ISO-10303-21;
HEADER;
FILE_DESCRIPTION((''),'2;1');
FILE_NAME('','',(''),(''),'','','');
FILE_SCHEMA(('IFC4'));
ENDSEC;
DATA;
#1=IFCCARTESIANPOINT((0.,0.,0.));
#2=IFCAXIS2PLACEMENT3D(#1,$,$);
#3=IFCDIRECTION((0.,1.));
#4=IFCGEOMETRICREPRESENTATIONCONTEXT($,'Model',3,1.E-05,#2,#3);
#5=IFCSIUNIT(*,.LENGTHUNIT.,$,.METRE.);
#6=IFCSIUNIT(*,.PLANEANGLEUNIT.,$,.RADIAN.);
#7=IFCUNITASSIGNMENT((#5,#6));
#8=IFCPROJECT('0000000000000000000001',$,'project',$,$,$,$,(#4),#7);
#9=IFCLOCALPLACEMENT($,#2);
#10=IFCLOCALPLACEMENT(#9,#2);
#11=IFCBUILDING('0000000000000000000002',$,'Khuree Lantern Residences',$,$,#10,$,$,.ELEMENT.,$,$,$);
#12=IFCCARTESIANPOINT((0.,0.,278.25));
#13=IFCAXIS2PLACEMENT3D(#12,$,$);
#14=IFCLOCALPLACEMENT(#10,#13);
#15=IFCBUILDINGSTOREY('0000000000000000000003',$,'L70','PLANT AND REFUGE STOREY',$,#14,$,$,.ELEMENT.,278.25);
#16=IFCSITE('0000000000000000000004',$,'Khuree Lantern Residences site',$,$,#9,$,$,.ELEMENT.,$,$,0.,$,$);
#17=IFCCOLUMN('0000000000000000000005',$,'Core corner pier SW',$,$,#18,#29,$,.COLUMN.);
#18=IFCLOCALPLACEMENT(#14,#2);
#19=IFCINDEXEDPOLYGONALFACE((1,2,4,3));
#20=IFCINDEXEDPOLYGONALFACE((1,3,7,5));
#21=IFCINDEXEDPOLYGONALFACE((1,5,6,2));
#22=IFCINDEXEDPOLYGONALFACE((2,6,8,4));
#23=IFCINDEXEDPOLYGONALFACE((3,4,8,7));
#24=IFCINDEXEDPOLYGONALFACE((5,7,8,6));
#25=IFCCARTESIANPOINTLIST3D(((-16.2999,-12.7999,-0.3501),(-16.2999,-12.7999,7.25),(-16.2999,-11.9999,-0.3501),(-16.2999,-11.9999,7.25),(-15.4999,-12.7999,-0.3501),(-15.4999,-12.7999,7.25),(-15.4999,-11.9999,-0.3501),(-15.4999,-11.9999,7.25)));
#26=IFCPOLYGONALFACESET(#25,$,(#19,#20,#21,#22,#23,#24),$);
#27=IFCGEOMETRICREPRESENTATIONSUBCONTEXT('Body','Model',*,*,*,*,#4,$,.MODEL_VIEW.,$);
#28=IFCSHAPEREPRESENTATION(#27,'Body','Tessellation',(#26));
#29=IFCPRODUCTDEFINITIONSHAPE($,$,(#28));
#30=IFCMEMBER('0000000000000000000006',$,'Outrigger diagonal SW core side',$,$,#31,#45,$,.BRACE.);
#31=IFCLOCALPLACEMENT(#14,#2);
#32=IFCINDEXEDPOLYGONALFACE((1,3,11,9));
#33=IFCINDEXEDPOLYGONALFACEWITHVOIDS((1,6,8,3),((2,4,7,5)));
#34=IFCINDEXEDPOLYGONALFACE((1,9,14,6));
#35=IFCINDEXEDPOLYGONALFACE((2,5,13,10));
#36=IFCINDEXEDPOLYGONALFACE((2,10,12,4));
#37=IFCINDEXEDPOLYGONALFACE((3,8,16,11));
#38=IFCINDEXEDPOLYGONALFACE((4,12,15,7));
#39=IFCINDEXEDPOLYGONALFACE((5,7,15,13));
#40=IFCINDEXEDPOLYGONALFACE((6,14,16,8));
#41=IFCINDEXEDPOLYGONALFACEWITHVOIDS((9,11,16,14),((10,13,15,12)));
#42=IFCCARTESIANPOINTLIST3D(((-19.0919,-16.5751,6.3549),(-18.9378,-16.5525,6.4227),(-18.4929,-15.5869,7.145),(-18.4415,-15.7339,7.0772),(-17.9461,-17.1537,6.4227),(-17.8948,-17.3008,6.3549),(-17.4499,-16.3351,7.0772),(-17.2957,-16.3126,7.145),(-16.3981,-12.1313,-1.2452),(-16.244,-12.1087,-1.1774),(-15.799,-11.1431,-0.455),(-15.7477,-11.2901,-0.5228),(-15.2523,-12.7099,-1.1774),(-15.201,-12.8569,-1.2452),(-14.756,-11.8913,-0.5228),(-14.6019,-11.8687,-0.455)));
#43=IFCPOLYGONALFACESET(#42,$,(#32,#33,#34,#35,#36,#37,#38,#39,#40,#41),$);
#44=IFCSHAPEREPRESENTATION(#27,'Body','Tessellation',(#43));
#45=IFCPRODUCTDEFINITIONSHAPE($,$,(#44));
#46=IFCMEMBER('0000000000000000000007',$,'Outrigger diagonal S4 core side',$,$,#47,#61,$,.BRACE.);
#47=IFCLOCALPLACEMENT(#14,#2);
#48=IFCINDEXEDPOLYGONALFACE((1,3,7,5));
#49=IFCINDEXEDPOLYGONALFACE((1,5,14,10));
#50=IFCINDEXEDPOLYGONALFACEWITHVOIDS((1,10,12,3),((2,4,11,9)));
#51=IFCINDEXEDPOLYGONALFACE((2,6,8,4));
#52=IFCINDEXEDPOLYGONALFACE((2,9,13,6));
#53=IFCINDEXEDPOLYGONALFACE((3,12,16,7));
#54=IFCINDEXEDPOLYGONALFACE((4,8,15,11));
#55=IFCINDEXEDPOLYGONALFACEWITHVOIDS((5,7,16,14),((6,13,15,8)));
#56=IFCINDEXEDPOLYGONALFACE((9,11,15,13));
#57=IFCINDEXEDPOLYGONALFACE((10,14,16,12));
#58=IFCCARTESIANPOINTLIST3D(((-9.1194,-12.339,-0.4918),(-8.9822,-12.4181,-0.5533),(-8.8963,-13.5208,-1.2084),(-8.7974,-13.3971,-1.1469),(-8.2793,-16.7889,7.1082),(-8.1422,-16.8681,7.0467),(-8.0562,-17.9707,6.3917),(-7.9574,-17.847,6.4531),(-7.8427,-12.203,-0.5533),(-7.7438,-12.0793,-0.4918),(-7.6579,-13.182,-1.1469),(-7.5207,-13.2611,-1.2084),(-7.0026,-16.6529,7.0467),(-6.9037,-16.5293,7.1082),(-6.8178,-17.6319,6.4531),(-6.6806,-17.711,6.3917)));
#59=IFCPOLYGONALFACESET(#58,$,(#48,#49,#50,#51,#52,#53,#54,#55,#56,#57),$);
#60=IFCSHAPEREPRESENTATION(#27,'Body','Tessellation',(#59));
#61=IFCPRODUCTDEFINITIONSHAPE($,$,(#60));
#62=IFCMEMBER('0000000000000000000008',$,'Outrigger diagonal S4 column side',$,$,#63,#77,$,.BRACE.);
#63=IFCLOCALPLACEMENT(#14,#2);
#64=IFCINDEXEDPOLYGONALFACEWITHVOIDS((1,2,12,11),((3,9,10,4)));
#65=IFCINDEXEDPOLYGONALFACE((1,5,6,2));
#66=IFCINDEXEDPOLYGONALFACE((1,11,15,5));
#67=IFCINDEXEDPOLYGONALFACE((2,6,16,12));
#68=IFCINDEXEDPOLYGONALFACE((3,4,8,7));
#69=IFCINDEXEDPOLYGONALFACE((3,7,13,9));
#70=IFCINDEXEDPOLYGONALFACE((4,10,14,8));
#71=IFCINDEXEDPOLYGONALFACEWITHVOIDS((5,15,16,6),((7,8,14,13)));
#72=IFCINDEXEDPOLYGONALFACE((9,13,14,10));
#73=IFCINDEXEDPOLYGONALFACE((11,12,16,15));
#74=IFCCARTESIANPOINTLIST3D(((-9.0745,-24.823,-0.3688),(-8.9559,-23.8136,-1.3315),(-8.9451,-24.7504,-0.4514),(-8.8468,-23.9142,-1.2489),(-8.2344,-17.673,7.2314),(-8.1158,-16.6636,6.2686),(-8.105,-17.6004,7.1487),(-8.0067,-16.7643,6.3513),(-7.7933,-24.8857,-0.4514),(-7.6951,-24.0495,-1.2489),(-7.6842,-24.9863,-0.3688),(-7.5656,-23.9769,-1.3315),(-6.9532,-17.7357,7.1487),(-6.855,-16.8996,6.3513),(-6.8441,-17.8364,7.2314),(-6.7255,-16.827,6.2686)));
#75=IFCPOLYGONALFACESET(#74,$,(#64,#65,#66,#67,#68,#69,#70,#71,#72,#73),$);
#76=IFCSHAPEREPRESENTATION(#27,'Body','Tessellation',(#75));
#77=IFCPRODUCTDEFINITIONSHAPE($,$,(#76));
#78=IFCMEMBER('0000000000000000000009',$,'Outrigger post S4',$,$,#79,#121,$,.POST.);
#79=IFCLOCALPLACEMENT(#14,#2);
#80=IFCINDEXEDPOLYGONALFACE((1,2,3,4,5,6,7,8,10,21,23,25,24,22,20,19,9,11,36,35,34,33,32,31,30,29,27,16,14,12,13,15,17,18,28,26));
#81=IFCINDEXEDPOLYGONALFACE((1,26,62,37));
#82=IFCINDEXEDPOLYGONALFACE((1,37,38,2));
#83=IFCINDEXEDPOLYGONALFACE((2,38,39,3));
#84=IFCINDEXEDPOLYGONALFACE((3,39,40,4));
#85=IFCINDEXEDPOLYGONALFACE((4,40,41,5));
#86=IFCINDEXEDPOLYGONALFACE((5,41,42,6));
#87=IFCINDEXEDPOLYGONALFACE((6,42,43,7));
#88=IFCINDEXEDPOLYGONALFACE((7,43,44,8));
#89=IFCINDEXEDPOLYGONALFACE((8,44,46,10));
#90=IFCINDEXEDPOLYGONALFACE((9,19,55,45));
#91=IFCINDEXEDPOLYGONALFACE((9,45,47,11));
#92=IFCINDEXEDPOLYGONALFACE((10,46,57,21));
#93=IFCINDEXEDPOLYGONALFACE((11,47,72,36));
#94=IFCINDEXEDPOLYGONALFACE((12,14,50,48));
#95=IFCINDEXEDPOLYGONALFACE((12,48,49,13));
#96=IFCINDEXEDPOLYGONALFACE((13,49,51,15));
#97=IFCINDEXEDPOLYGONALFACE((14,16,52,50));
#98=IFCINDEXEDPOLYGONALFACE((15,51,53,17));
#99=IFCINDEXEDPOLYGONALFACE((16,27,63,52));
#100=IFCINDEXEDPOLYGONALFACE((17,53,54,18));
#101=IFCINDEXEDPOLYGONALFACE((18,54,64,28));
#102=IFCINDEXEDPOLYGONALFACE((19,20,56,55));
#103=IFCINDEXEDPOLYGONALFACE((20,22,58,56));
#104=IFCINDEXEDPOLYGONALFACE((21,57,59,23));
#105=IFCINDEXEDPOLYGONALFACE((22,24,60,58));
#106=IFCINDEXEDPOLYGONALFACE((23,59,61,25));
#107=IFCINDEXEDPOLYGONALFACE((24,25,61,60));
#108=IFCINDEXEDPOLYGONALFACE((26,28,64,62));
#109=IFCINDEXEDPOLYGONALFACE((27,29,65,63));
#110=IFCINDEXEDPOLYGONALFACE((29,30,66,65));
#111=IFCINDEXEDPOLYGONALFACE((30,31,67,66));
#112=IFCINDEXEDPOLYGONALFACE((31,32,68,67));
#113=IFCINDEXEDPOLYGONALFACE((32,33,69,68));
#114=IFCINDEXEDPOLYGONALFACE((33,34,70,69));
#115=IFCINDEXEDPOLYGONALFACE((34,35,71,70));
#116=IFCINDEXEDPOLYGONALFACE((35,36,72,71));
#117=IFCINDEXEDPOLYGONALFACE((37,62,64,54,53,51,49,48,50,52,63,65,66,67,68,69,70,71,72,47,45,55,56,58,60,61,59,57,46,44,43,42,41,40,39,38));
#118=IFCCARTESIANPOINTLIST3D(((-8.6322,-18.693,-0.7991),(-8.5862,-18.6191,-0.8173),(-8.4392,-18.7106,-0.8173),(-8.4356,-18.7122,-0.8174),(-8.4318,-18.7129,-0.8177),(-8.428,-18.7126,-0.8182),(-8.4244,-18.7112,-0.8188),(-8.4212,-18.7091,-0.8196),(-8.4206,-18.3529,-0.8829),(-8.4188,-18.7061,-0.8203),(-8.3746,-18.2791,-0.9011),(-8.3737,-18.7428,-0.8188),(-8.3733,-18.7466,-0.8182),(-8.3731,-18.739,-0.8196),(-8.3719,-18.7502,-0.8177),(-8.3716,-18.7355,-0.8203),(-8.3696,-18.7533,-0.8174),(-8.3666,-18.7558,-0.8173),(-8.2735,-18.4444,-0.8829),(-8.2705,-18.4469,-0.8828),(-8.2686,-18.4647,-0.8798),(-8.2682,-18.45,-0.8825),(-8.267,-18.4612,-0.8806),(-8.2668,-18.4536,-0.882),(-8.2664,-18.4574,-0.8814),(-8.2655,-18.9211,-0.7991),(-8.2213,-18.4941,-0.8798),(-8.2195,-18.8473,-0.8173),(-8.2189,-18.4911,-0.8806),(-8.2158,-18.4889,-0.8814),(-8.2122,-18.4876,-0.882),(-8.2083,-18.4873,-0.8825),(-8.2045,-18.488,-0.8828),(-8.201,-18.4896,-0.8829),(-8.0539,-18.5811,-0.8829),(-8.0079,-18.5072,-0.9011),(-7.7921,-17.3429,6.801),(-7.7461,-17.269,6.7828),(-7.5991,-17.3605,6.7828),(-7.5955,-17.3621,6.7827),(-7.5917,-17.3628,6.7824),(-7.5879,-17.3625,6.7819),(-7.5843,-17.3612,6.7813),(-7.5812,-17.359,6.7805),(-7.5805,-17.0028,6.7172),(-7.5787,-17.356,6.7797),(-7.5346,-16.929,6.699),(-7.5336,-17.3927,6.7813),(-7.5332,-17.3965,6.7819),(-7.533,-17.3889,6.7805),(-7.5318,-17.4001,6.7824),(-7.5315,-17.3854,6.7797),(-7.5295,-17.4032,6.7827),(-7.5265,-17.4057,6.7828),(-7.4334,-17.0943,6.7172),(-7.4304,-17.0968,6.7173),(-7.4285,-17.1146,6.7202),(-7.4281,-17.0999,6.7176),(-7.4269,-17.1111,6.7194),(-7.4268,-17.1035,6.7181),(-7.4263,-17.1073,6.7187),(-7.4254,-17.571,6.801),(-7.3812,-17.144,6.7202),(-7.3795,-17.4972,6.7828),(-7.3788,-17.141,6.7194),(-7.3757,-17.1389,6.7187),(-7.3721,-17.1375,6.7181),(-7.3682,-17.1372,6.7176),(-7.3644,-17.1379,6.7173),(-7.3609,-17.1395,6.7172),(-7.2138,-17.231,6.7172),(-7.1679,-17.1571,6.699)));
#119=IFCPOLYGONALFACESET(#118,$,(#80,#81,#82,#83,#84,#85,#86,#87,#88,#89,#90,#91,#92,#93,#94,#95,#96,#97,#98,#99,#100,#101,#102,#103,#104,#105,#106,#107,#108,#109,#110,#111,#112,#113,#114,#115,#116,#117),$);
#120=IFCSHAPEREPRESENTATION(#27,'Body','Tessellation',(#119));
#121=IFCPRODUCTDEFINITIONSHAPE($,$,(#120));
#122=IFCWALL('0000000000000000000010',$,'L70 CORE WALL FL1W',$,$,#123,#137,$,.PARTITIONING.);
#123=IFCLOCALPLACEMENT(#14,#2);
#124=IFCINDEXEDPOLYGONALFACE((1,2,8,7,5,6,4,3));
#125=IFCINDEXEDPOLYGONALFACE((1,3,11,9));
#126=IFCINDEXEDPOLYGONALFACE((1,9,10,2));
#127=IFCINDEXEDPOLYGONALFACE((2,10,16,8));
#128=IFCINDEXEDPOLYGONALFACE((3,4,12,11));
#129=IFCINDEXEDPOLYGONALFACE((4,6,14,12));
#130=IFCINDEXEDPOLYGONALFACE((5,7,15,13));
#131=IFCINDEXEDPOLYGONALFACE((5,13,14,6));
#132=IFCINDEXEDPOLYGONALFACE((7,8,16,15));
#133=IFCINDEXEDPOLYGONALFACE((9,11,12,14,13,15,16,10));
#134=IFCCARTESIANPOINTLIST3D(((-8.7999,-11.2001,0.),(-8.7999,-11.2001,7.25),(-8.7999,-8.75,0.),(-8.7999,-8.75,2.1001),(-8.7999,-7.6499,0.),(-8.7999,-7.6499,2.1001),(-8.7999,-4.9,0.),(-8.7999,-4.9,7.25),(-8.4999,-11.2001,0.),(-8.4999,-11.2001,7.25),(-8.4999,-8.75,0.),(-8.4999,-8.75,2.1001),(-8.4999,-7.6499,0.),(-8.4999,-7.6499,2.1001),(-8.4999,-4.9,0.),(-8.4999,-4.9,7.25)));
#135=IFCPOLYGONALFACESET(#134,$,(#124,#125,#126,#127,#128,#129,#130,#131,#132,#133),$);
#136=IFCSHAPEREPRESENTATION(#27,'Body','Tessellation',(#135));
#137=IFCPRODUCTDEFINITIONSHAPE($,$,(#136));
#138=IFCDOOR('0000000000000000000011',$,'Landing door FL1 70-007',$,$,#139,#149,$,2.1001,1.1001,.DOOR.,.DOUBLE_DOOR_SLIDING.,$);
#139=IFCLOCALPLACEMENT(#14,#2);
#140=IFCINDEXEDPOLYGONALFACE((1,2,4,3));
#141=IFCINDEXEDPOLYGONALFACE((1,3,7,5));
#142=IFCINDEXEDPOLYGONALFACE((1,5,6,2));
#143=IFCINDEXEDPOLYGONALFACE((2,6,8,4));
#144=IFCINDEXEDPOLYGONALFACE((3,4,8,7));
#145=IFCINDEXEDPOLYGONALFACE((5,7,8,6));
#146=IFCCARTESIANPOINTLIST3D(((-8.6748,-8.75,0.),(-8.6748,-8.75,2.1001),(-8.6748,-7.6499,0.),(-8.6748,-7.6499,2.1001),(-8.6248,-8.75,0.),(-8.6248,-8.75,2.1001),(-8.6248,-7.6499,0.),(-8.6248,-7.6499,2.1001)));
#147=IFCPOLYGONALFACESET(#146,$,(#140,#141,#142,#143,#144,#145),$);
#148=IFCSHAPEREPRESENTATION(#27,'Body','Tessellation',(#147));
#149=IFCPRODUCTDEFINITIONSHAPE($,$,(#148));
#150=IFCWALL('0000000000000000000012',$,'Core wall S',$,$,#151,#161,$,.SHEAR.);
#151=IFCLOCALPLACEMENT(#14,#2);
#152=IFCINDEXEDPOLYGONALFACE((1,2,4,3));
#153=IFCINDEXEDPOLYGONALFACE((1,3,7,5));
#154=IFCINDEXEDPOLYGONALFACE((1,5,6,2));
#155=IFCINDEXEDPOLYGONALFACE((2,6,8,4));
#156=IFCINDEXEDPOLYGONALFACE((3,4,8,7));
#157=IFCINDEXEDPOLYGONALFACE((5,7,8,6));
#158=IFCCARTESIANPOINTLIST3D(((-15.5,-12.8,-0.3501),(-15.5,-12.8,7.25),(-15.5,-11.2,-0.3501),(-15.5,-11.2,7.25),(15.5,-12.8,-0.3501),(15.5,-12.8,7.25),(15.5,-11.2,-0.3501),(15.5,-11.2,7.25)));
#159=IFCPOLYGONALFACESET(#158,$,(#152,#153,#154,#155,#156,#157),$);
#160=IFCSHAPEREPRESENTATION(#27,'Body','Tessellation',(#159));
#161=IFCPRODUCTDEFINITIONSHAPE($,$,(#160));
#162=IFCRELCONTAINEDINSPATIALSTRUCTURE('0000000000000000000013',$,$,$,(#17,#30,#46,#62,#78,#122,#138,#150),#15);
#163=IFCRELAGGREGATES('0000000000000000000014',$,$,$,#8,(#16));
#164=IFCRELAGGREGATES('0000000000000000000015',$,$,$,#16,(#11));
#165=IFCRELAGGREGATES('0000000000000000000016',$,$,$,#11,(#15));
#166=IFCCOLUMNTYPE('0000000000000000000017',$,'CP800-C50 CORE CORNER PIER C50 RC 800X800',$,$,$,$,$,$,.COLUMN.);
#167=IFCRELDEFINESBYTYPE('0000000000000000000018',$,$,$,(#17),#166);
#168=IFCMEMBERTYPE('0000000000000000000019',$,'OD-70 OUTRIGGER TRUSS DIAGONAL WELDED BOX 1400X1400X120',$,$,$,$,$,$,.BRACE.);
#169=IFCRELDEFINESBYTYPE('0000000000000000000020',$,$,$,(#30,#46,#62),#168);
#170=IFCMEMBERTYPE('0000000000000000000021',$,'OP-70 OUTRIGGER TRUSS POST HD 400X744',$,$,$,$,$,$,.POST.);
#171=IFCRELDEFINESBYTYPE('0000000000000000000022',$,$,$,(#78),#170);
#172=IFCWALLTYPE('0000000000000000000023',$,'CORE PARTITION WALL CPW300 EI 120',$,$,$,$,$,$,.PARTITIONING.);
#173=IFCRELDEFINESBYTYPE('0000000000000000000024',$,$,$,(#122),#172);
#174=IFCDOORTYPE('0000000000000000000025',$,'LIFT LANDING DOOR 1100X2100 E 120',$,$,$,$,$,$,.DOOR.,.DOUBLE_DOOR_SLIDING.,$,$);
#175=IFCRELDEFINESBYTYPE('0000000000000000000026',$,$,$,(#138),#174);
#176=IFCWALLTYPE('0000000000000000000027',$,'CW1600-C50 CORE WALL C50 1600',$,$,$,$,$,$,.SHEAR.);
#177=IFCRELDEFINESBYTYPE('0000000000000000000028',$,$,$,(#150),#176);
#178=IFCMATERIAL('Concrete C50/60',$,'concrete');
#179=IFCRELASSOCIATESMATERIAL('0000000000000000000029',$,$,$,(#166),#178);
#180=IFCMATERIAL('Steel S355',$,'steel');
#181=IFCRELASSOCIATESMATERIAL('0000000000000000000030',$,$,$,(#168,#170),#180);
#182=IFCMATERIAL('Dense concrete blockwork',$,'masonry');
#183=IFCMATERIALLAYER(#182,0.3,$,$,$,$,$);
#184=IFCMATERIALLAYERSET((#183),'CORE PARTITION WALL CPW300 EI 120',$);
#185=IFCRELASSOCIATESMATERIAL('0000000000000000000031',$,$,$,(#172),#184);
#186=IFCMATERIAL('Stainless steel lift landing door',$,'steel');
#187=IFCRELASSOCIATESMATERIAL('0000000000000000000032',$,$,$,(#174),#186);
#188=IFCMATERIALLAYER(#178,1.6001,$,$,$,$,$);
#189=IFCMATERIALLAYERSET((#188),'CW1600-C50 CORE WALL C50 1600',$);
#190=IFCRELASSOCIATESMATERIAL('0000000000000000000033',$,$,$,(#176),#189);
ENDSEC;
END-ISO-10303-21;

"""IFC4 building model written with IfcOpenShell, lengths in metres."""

from ifc_helpers import new_model, si_unit, direction, frame, frame_2d, origin, origin_2d, place, context, subcontext, project, spatial, rectangle, hollow_rectangle, i_section, extrude, material, layer, layer_set, material_profile, profile_set, type_object, element, fill, save


model = new_model("IFC4")

# Units and contexts
model_context = context("Model", 3, precision=1e-05, world=origin(), true_north=direction((0.0, 1.0)))
body_context = subcontext(model_context, "Body", "Model", "MODEL_VIEW")
ifc_project = project(units=[si_unit("LENGTHUNIT", "METRE"), si_unit("PLANEANGLEUNIT", "RADIAN")], contexts=[model_context])

# Site, building, storey
site_placement = place(None, origin())
site = spatial("IfcSite", under=ifc_project, at=site_placement, Name="Khuree Lantern Residences site", CompositionType="ELEMENT", RefElevation=0.0)
building_placement = place(site_placement, origin())
building = spatial("IfcBuilding", under=site, at=building_placement, Name="Khuree Lantern Residences", CompositionType="ELEMENT")
storey_placement = place(building_placement, frame((0.0, 0.0, 278.25)))
storey = spatial("IfcBuildingStorey", under=building, at=storey_placement, Name="L70", Description="PLANT AND REFUGE STOREY", CompositionType="ELEMENT", Elevation=278.25)

# Column
ifc_material_1 = material(Name="Concrete C50/60", Category="concrete")
ifc_material_profile_1 = material_profile(ifc_material_1, rectangle(XDim=0.8, YDim=0.8, at=origin_2d()), Name="RC 800X800")
ifc_profile_set_1 = profile_set([ifc_material_profile_1], Name="Concrete C50/60")
column_type = type_object("IfcColumnType", Name="CP800-C50 CORE CORNER PIER C50 RC 800X800", PredefinedType="COLUMN", material=ifc_profile_set_1)
column_placement = place(storey_placement, frame((-15.8999, -12.3999, -0.3501), z_axis=(0.0, 0.0, 1.0), x_axis=(1.0, 0.0, 0.0)))
element("IfcColumn", 1, at=column_placement, inside=storey, type_object=column_type, Name="Core corner pier SW", PredefinedType="COLUMN", context=body_context, shape_type="SweptSolid", body=[
    extrude(rectangle(XDim=0.8, YDim=0.8, at=origin_2d()), origin(), (0.0, 0.0, 1.0), 7.6001),
])

# Members
ifc_material_2 = material(Name="Steel S355", Category="steel")
ifc_material_profile_2 = material_profile(ifc_material_2, hollow_rectangle(XDim=1.3999, YDim=1.3999, WallThickness=0.1201, at=origin_2d()), Name="WELDED BOX 1400X1400X120")
ifc_profile_set_2 = profile_set([ifc_material_profile_2], Name="Steel S355")
member_type_1 = type_object("IfcMemberType", Name="OD-70 OUTRIGGER TRUSS DIAGONAL WELDED BOX 1400X1400X120", PredefinedType="BRACE", material=ifc_profile_set_2)
member_1_placement = place(storey_placement, frame((-15.5, -12.0, -0.8501), z_axis=(-0.292592, -0.482668, 0.825483), x_axis=(0.855146, -0.518387, 0.0)))
element("IfcMember", 2, at=member_1_placement, inside=storey, type_object=member_type_1, Name="Outrigger diagonal SW core side", PredefinedType="BRACE", context=body_context, shape_type="SweptSolid", body=[
    extrude(hollow_rectangle(XDim=1.3999, YDim=1.3999, WallThickness=0.1201, at=origin_2d()), origin(), (0.0, 0.0, 1.0), 9.2068),
])
member_2_placement = place(storey_placement, frame((-8.3201, -12.8, -0.8501), z_axis=(0.094957, -0.50299, 0.85906), x_axis=(0.982643, 0.185509, 0.0)))
element("IfcMember", 3, at=member_2_placement, inside=storey, type_object=member_type_1, Name="Outrigger diagonal S4 core side", PredefinedType="BRACE", context=body_context, shape_type="SweptSolid", body=[
    extrude(hollow_rectangle(XDim=1.3999, YDim=1.3999, WallThickness=0.1201, at=origin_2d()), origin(), (0.0, 0.0, 1.0), 8.8469),
])
member_3_placement = place(storey_placement, frame((-7.48, -17.25, 6.75), z_axis=(-0.08025, -0.682996, -0.726001), x_axis=(0.993168, -0.116694, 0.0)))
element("IfcMember", 4, at=member_3_placement, inside=storey, type_object=member_type_1, Name="Outrigger diagonal S4 column side", PredefinedType="BRACE", context=body_context, shape_type="SweptSolid", body=[
    extrude(hollow_rectangle(XDim=1.3999, YDim=1.3999, WallThickness=0.1201, at=origin_2d()), origin(), (0.0, 0.0, 1.0), 10.4685),
])
ifc_material_profile_3 = material_profile(ifc_material_2, i_section(OverallWidth=0.4319, OverallDepth=0.498, WebThickness=0.0557, FlangeThickness=0.0889, FilletRadius=0.0149, at=origin_2d()), Name="HD 400X744")
ifc_profile_set_3 = profile_set([ifc_material_profile_3], Name="Steel S355")
member_type_2 = type_object("IfcMemberType", Name="OP-70 OUTRIGGER TRUSS POST HD 400X744", PredefinedType="POST", material=ifc_profile_set_3)
member_4_placement = place(storey_placement, frame((-8.3201, -18.6001, -0.8501), z_axis=(0.108194, 0.173877, 0.978806), x_axis=(-0.849049, 0.528314, 0.0)))
element("IfcMember", 5, at=member_4_placement, inside=storey, type_object=member_type_2, Name="Outrigger post S4", PredefinedType="POST", context=body_context, shape_type="SweptSolid", body=[
    extrude(i_section(OverallWidth=0.4319, OverallDepth=0.498, WebThickness=0.0557, FlangeThickness=0.0889, FilletRadius=0.0149, at=origin_2d()), origin(), (0.0, 0.0, 1.0), 7.7646),
])

# Wall, opening, door
ifc_material_3 = material(Name="Dense concrete blockwork", Category="masonry")
ifc_layer_1 = layer(ifc_material_3, 0.3)
ifc_layer_set_1 = layer_set([ifc_layer_1], Name="CORE PARTITION WALL CPW300 EI 120")
wall_type_1 = type_object("IfcWallType", Name="CORE PARTITION WALL CPW300 EI 120", PredefinedType="PARTITIONING", material=ifc_layer_set_1)
wall_1_placement = place(storey_placement, frame((-8.6499, -11.2, 0.0), z_axis=(0.0, 0.0, 1.0), x_axis=(0.0, 1.0, 0.0)))
wall_1 = element("IfcWall", 6, at=wall_1_placement, inside=storey, type_object=wall_type_1, Name="L70 CORE WALL FL1W", PredefinedType="PARTITIONING", context=body_context, shape_type="SweptSolid", body=[
    extrude(rectangle(XDim=6.3, YDim=0.3, at=frame_2d((3.1499, 0.0))), origin(), (0.0, 0.0, 1.0), 7.25),
])
opening_1_placement = place(wall_1_placement, frame((2.45, 0.0, 0.0)))
opening_1 = element("IfcOpeningElement", 7, at=opening_1_placement, cuts=wall_1, PredefinedType="OPENING", context=body_context, shape_type="SweptSolid", body=[
    extrude(rectangle(XDim=1.1001, YDim=2.1001, at=frame_2d((0.55, 1.05))), frame((0.0, 0.1602, 0.0), z_axis=(0.0, -1.0, 0.0), x_axis=(1.0, 0.0, 0.0)), (0.0, 0.0, 1.0), 0.3201),
])
ifc_material_4 = material(Name="Stainless steel lift landing door", Category="steel")
door_type_1 = type_object("IfcDoorType", Name="LIFT LANDING DOOR 1100X2100 E 120", OperationType="DOUBLE_DOOR_SLIDING", PredefinedType="DOOR", material=ifc_material_4)
door_1_placement = place(opening_1_placement, origin())
door_1 = element("IfcDoor", 8, at=door_1_placement, inside=storey, type_object=door_type_1, Name="Landing door FL1 70-007", OperationType="DOUBLE_DOOR_SLIDING", OverallHeight=2.1001, OverallWidth=1.1001, PredefinedType="DOOR", context=body_context, shape_type="SweptSolid", body=[
    extrude(rectangle(XDim=1.1001, YDim=2.1001, at=frame_2d((0.55, 1.05))), frame((0.0, 0.0249, 0.0), z_axis=(0.0, -1.0, 0.0), x_axis=(1.0, 0.0, 0.0)), (0.0, 0.0, 1.0), 0.05),
])
fill(opening_1, door_1)

# Wall
ifc_layer_2 = layer(ifc_material_1, 1.6001)
ifc_layer_set_2 = layer_set([ifc_layer_2], Name="CW1600-C50 CORE WALL C50 1600")
wall_type_2 = type_object("IfcWallType", Name="CW1600-C50 CORE WALL C50 1600", PredefinedType="SHEAR", material=ifc_layer_set_2)
wall_2_placement = place(storey_placement, frame((-15.5, -12.0, -0.3501), z_axis=(0.0, 0.0, 1.0), x_axis=(1.0, 0.0, 0.0)))
element("IfcWall", 9, at=wall_2_placement, inside=storey, type_object=wall_type_2, Name="Core wall S", PredefinedType="SHEAR", context=body_context, shape_type="SweptSolid", body=[
    extrude(rectangle(XDim=31.0, YDim=1.6001, at=frame_2d((15.5, 0.0))), origin(), (0.0, 0.0, 1.0), 7.6001),
])

save(model, "model.ifc")
